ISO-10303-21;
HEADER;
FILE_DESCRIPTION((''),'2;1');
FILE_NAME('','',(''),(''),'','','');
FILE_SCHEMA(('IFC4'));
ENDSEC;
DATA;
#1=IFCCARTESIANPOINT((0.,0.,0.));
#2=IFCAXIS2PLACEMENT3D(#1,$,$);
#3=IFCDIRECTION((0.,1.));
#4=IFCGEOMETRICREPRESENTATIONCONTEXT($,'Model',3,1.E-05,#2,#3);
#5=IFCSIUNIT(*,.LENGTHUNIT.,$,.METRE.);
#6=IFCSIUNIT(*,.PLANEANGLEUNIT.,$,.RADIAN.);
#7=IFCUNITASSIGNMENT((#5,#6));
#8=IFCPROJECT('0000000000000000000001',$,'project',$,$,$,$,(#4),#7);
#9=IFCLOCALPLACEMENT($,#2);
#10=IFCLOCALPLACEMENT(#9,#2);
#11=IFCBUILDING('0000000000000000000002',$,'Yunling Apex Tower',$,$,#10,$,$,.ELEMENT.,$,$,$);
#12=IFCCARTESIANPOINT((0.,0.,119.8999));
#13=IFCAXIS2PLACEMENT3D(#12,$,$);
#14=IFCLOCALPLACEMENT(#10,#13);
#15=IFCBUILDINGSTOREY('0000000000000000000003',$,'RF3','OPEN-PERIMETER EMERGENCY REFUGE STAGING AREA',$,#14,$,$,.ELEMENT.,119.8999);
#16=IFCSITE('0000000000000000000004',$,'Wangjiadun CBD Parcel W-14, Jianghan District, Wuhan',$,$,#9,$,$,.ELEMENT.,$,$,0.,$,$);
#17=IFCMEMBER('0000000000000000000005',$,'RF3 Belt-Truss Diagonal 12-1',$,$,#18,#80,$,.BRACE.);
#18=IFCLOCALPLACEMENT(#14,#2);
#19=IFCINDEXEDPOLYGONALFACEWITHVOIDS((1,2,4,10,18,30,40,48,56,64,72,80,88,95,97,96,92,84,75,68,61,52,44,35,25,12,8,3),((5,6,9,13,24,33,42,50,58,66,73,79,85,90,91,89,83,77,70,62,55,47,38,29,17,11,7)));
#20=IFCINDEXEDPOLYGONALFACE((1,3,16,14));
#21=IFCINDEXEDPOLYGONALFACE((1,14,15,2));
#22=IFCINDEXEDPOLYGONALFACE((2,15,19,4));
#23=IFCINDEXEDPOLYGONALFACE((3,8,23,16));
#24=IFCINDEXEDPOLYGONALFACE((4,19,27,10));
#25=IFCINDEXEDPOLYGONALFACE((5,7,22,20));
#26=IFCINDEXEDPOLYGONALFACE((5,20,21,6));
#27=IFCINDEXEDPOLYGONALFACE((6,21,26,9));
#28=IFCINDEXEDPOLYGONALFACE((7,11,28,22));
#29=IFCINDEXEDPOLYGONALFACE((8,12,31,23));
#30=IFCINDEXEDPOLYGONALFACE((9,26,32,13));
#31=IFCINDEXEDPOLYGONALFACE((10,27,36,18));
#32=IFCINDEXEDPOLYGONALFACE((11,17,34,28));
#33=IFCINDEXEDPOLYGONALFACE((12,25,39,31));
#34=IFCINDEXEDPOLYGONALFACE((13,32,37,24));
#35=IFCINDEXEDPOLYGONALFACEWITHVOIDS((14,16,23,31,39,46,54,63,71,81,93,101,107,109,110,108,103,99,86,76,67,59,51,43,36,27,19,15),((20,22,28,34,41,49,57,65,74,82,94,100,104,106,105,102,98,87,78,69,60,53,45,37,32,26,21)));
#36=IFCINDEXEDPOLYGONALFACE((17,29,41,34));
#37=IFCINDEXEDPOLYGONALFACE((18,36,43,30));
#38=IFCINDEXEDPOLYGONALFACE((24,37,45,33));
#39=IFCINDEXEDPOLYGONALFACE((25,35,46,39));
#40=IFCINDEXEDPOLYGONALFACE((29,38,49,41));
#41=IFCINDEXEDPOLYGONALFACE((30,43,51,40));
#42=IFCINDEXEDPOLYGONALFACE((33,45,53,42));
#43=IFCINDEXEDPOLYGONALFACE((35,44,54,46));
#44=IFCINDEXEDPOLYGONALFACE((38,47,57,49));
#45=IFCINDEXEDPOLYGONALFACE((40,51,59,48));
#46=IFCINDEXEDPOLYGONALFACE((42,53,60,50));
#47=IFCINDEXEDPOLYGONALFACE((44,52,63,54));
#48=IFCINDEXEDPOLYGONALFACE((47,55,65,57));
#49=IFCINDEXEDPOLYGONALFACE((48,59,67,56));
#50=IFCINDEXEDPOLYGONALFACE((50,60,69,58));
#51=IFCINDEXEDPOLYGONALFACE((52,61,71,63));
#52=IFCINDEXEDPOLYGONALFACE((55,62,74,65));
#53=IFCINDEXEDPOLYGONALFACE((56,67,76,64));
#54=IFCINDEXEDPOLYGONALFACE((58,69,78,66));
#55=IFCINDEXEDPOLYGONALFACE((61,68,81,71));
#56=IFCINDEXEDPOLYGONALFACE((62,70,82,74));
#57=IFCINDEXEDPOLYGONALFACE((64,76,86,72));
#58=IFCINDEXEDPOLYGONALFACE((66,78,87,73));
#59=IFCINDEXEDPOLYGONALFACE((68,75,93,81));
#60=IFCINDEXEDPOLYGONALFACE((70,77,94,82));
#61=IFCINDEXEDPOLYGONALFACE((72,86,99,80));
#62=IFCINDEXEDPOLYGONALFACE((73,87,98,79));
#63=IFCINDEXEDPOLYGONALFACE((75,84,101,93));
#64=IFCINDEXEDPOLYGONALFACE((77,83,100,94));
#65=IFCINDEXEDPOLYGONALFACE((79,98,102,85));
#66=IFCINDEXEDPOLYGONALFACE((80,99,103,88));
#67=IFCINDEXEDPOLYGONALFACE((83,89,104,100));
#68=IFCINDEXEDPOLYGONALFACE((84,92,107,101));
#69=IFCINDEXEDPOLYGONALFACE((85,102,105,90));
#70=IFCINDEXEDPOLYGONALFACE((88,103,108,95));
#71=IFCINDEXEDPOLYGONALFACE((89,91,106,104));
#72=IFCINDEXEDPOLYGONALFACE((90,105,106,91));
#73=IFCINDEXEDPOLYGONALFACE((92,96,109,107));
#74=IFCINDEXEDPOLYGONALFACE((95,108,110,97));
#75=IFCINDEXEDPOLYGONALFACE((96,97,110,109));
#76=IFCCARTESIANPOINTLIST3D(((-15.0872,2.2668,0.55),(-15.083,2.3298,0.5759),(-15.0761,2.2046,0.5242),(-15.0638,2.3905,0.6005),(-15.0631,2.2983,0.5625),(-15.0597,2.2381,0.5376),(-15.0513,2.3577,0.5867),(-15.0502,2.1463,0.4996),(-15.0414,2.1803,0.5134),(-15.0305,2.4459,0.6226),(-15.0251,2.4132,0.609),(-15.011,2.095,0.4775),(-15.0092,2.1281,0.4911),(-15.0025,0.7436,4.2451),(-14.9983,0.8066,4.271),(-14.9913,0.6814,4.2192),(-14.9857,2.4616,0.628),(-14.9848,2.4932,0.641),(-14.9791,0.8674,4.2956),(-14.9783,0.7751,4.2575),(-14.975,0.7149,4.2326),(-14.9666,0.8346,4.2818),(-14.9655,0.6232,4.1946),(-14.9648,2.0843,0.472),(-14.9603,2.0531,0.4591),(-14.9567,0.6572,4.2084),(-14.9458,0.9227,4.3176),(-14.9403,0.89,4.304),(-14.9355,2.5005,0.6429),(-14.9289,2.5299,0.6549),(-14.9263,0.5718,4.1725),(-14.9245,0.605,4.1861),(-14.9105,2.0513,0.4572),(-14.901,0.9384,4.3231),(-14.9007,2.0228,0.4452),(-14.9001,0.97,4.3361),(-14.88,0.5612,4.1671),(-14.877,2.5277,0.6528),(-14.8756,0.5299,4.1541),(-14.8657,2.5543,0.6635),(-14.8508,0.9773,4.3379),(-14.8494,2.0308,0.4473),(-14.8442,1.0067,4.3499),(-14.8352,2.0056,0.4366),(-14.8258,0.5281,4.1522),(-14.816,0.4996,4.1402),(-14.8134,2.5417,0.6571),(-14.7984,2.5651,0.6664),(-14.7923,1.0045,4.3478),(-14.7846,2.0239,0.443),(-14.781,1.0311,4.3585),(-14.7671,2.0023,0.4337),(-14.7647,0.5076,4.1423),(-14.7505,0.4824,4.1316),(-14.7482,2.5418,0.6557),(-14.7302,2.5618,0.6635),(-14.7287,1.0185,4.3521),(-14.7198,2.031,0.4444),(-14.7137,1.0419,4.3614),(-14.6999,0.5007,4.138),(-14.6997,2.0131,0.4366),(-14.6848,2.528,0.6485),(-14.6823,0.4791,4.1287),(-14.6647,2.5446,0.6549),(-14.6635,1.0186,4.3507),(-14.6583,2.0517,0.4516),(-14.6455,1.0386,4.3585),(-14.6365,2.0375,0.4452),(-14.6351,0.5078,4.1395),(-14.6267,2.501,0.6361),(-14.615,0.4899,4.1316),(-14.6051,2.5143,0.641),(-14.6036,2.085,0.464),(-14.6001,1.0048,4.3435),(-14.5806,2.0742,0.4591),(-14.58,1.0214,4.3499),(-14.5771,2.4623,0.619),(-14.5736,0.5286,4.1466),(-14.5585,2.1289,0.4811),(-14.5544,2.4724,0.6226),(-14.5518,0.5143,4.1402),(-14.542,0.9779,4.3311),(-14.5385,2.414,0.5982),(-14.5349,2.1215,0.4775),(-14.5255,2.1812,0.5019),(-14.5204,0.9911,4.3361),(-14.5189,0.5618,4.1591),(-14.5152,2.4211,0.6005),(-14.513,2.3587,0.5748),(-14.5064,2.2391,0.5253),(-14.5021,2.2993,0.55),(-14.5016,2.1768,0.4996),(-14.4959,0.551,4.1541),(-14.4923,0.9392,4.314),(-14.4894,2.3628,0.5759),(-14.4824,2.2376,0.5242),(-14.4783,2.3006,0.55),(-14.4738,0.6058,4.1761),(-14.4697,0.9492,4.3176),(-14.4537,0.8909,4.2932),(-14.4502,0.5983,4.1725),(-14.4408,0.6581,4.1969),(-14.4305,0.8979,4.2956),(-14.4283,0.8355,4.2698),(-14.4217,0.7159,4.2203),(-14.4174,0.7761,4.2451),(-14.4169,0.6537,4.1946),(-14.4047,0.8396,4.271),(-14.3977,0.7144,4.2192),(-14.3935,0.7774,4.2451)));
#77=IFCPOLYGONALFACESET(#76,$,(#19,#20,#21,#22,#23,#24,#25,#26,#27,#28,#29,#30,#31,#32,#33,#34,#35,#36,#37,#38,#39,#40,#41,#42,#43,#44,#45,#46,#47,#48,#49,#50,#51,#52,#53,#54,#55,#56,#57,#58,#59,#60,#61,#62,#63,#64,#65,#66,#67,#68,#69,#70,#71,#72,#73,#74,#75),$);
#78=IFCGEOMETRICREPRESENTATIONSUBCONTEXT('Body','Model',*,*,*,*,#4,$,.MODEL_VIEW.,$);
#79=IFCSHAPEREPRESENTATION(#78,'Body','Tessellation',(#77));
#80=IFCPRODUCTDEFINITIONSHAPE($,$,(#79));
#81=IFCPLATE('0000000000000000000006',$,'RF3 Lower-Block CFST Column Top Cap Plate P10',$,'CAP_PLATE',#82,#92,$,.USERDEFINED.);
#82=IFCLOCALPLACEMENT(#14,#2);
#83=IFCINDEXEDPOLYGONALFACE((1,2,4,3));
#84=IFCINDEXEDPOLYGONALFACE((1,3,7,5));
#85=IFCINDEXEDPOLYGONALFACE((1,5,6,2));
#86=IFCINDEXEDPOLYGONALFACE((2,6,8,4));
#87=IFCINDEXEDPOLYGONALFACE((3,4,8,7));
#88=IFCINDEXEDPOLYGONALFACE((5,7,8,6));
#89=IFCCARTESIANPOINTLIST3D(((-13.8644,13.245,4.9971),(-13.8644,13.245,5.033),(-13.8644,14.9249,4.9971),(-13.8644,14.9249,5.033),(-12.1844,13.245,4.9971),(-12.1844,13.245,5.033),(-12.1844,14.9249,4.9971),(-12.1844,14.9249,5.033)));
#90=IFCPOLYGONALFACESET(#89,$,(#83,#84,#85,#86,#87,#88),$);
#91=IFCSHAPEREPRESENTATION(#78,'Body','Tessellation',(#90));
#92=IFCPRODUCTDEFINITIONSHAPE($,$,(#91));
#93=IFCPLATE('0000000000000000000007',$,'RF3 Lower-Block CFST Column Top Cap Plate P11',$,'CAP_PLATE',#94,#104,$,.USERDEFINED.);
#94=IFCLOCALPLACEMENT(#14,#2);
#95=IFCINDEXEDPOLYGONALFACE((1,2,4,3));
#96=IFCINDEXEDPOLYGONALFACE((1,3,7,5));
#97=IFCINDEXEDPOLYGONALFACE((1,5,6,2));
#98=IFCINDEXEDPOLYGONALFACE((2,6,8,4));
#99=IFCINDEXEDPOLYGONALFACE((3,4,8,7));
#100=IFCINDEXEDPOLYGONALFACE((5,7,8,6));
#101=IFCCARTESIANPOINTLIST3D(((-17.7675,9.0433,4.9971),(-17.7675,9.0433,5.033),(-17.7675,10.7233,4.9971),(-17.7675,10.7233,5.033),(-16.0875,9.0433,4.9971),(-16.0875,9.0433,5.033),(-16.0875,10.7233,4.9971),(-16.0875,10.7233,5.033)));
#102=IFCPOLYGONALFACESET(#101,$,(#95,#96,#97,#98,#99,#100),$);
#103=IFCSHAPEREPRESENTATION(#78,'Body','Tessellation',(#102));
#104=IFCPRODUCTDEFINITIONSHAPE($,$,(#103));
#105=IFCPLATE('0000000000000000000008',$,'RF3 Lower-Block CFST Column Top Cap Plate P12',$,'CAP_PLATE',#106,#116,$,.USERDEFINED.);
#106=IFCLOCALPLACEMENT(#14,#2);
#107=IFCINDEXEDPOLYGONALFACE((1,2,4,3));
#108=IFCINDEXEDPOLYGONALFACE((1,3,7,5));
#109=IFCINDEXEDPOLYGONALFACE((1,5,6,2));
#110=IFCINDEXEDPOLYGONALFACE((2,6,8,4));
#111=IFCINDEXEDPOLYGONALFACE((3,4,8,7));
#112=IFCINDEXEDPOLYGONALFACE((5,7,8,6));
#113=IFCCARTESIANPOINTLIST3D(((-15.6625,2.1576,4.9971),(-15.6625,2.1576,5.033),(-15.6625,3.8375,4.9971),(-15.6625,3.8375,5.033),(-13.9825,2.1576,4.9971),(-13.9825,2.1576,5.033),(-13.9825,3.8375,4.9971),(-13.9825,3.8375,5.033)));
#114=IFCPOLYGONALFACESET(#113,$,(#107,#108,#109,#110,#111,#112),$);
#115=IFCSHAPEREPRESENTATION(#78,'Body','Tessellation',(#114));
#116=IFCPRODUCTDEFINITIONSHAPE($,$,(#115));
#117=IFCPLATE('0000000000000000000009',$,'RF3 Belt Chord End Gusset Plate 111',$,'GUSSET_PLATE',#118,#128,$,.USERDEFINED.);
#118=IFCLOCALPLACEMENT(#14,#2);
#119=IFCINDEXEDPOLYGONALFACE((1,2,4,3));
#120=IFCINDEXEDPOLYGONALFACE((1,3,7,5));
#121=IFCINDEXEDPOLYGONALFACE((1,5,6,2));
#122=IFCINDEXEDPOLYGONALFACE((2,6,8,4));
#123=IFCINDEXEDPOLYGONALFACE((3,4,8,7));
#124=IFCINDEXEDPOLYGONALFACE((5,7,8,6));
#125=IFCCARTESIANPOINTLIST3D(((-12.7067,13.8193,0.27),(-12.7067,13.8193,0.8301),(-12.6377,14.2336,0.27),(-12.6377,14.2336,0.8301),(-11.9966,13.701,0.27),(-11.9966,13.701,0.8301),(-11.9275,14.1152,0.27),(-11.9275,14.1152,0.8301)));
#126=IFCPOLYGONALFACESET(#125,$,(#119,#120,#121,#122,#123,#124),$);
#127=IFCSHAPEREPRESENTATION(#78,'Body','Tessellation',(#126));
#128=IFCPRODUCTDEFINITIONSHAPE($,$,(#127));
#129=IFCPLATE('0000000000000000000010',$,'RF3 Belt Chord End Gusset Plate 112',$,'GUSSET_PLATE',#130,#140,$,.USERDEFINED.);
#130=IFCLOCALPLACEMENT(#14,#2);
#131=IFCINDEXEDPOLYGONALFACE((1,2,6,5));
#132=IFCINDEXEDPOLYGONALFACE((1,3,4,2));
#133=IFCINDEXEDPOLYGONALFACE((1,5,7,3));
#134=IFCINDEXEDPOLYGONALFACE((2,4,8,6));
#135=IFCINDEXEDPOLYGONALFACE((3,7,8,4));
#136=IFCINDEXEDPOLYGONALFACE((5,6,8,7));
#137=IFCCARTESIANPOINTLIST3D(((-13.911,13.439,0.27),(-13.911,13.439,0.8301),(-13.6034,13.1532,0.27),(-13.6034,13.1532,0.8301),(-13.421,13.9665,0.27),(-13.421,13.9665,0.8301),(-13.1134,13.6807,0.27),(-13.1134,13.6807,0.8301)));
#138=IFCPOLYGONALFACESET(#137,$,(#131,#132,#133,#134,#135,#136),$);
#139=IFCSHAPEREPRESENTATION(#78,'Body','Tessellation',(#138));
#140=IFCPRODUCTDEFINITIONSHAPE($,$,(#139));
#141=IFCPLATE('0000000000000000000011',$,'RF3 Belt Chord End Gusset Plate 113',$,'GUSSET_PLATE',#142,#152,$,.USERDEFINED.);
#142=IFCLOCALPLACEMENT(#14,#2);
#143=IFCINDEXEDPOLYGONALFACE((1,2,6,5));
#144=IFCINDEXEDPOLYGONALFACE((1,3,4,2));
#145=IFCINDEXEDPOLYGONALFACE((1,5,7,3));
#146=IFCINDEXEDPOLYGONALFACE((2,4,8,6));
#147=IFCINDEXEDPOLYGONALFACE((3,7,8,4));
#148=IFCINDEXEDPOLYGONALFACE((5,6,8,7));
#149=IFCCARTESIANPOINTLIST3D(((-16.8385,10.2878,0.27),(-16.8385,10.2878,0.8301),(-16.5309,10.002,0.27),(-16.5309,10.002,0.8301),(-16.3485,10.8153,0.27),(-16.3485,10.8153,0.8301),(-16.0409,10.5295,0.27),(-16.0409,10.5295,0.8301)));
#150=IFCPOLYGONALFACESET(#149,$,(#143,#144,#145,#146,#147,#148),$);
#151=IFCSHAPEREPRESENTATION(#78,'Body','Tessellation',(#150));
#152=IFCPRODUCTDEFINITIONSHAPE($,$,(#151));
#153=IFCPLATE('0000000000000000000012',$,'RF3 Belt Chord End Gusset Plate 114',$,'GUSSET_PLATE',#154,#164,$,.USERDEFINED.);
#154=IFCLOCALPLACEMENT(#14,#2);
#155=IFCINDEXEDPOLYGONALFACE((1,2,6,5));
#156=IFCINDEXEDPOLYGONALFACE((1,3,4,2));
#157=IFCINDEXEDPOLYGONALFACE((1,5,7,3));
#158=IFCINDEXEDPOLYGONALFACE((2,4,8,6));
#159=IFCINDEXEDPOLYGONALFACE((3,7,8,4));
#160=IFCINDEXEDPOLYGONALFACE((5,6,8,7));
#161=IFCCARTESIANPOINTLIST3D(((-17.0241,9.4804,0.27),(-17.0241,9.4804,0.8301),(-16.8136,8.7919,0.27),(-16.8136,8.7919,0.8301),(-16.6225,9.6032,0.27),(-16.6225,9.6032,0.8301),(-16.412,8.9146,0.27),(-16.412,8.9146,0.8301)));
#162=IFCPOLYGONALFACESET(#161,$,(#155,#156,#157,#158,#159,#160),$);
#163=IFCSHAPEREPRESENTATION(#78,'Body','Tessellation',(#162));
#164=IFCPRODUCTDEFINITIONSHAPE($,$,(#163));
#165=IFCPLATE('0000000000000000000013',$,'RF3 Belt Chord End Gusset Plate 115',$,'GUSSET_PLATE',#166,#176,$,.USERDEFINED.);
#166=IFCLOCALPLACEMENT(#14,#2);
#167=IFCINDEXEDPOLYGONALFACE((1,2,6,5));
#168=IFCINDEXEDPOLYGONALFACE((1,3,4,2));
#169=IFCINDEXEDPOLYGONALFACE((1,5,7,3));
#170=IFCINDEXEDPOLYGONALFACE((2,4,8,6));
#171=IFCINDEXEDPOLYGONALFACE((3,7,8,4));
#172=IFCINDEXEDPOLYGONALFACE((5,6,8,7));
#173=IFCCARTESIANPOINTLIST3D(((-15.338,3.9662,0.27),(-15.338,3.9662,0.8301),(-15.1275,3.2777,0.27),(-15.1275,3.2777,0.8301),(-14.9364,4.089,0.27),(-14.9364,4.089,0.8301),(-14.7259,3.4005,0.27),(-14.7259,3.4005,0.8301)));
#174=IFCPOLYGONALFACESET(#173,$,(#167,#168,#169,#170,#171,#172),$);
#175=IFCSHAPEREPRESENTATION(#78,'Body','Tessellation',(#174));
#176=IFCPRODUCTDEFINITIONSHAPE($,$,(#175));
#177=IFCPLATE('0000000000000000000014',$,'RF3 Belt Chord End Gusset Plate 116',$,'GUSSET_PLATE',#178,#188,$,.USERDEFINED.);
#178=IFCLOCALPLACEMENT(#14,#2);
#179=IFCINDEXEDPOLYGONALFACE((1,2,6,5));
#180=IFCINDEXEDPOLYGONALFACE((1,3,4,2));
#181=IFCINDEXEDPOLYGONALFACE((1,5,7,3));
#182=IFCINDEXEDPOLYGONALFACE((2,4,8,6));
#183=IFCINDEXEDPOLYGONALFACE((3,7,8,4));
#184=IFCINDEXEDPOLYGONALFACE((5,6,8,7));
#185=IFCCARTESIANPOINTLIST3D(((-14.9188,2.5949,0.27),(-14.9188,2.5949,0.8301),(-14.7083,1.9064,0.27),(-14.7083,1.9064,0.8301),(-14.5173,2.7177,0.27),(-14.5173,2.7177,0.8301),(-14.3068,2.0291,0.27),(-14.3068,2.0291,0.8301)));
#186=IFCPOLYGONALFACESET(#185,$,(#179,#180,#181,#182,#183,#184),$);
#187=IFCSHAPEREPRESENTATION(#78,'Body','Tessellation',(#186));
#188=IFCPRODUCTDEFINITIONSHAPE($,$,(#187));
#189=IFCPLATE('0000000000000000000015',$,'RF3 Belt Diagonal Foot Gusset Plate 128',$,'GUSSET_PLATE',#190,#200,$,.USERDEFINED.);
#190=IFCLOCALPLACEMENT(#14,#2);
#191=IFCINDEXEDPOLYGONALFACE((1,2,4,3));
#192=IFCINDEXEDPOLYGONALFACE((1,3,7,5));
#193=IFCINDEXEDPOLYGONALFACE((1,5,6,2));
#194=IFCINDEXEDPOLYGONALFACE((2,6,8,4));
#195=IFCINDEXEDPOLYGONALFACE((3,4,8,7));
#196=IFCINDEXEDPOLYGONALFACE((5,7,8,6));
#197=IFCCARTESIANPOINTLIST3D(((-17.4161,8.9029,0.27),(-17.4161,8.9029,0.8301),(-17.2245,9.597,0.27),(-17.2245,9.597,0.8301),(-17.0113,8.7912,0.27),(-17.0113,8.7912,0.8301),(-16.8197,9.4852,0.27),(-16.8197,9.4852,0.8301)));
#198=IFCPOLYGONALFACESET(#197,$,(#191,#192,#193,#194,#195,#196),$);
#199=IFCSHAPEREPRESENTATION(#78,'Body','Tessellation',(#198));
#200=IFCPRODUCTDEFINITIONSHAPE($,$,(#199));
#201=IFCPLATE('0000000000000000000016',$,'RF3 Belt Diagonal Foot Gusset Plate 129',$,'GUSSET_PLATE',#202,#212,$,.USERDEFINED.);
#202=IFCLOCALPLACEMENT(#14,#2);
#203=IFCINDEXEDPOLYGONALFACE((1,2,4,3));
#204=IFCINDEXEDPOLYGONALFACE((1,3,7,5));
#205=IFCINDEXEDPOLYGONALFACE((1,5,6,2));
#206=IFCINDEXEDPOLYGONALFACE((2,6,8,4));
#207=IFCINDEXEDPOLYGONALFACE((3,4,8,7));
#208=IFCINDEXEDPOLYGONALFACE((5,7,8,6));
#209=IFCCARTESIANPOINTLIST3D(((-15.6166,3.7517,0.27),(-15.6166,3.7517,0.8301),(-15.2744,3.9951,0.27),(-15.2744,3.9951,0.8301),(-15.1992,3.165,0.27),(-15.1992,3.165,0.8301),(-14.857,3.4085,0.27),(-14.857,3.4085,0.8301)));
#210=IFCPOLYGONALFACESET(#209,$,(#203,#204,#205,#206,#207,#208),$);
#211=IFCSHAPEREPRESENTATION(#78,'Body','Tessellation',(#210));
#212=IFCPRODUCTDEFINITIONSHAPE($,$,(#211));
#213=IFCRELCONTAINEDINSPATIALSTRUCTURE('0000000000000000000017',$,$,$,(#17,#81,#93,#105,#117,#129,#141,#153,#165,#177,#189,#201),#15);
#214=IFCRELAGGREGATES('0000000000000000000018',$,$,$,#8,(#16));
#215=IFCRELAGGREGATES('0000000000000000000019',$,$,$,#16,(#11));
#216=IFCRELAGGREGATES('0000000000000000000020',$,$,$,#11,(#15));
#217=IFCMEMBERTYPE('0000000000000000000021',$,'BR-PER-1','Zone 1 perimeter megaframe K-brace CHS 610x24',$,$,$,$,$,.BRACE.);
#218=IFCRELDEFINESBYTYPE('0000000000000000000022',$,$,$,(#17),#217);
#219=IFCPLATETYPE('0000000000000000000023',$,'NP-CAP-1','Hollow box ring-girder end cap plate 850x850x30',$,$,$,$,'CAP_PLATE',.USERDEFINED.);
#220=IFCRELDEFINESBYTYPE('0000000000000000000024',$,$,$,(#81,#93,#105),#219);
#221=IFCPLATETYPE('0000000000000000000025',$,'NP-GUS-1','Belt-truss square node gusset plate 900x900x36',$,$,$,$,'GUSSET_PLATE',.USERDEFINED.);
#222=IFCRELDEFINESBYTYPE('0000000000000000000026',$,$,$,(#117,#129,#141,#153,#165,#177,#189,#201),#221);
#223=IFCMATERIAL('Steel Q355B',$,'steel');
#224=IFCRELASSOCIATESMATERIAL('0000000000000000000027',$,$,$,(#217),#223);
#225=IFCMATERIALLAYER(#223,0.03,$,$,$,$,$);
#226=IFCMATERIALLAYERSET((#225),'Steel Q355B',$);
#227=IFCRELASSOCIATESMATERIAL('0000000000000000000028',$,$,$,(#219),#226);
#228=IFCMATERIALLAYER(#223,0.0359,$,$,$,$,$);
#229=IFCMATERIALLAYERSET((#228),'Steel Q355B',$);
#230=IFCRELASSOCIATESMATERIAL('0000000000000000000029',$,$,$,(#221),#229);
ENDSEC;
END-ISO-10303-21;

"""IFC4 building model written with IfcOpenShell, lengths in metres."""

from ifc_helpers import new_model, si_unit, direction, frame, origin, origin_2d, place, context, subcontext, project, spatial, rectangle, hollow_circle, extrude, source, transform, mapped, material, layer, layer_set, material_profile, profile_set, type_object, element, save


model = new_model("IFC4")

# Units and contexts
model_context = context("Model", 3, precision=1e-05, world=origin(), true_north=direction((0.0, 1.0)))
body_context = subcontext(model_context, "Body", "Model", "MODEL_VIEW")
ifc_project = project(units=[si_unit("LENGTHUNIT", "METRE"), si_unit("PLANEANGLEUNIT", "RADIAN")], contexts=[model_context])

# Site, building, storey
site_placement = place(None, origin())
site = spatial("IfcSite", under=ifc_project, at=site_placement, Name="Wangjiadun CBD Parcel W-14, Jianghan District, Wuhan", CompositionType="ELEMENT", RefElevation=0.0)
building_placement = place(site_placement, origin())
building = spatial("IfcBuilding", under=site, at=building_placement, Name="Yunling Apex Tower", CompositionType="ELEMENT")
storey_placement = place(building_placement, frame((0.0, 0.0, 119.8999)))
storey = spatial("IfcBuildingStorey", under=building, at=storey_placement, Name="RF3", Description="OPEN-PERIMETER EMERGENCY REFUGE STAGING AREA", CompositionType="ELEMENT", Elevation=119.8999)

# Member
ifc_material_1 = material(Name="Steel Q355B", Category="steel")
ifc_material_profile_1 = material_profile(ifc_material_1, hollow_circle(Radius=0.3049, WallThickness=0.0239, at=origin_2d()))
ifc_profile_set_1 = profile_set([ifc_material_profile_1], Name="Steel Q355B")
member_type_1 = type_object("IfcMemberType", Name="BR-PER-1", Description="Zone 1 perimeter megaframe K-brace CHS 610x24", PredefinedType="BRACE", material=ifc_profile_set_1)
shared_shape_1 = source(origin(), body_context, "Body", "SweptSolid", [
    extrude(hollow_circle(Radius=0.3049, WallThickness=0.0239, at=origin_2d()), origin(), (0.0, 0.0, 1.0), 3.9976),
])
member_1_placement = place(storey_placement, frame((-14.7827, 2.2837, 0.55), z_axis=(0.021192, -0.381027, 0.924321), x_axis=(0.998457, 0.055532, 0.0)))
element("IfcMember", 1, at=member_1_placement, inside=storey, type_object=member_type_1, Name="RF3 Belt-Truss Diagonal 12-1", PredefinedType="BRACE", context=body_context, shape_type="MappedRepresentation", body=[
    mapped(shared_shape_1, transform((0.0, 0.0, 0.0), scale=1.0)),
])

# Plates
ifc_layer_1 = layer(ifc_material_1, 0.03)
ifc_layer_set_1 = layer_set([ifc_layer_1], Name="Steel Q355B")
plate_type_1 = type_object("IfcPlateType", Name="NP-CAP-1", Description="Hollow box ring-girder end cap plate 850x850x30", ElementType="CAP_PLATE", PredefinedType="USERDEFINED", material=ifc_layer_set_1)
shared_shape_2 = source(origin(), body_context, "Body", "SweptSolid", [
    extrude(rectangle(XDim=1.6799, YDim=1.6799, at=origin_2d()), origin(), (0.0, 0.0, 1.0), 0.0359),
])
for number, where, z_axis, x_axis, name in (
    (2, (-13.0244, 14.085, 4.9971), (0.0, 0.0, 1.0), (1.0, 0.0, 0.0), "RF3 Lower-Block CFST Column Top Cap Plate P10"),
    (3, (-16.9275, 9.8833, 4.9971), (0.0, 0.0, 1.0), (1.0, 0.0, 0.0), "RF3 Lower-Block CFST Column Top Cap Plate P11"),
    (4, (-14.8225, 2.9976, 4.9971), (0.0, 0.0, 1.0), (1.0, 0.0, 0.0), "RF3 Lower-Block CFST Column Top Cap Plate P12"),
):
    element("IfcPlate", number, at=place(storey_placement, frame(where, z_axis=z_axis, x_axis=x_axis)), inside=storey, type_object=plate_type_1, Name=name, ObjectType="CAP_PLATE", PredefinedType="USERDEFINED", context=body_context, shape_type="MappedRepresentation", body=[
        mapped(shared_shape_2, transform((0.0, 0.0, 0.0), scale=1.0)),
    ])
ifc_layer_2 = layer(ifc_material_1, 0.0359)
ifc_layer_set_2 = layer_set([ifc_layer_2], Name="Steel Q355B")
plate_type_2 = type_object("IfcPlateType", Name="NP-GUS-1", Description="Belt-truss square node gusset plate 900x900x36", ElementType="GUSSET_PLATE", PredefinedType="USERDEFINED", material=ifc_layer_set_2)
shared_shape_3 = source(origin(), body_context, "Body", "SweptSolid", [
    extrude(rectangle(XDim=0.72, YDim=0.4199, at=origin_2d()), origin(), (0.0, 0.0, 1.0), 0.5601),
])
for number, where, z_axis, x_axis, name in (
    (5, (-12.3171, 13.9673, 0.27), (0.0, 0.0, 1.0), (-0.986401, 0.164359, 0.0), "RF3 Belt Chord End Gusset Plate 111"),
    (6, (-13.5122, 13.5598, 0.27), (0.0, 0.0, 1.0), (-0.680593, -0.732662, 0.0), "RF3 Belt Chord End Gusset Plate 112"),
    (7, (-16.4397, 10.4087, 0.27), (0.0, 0.0, 1.0), (-0.680593, -0.732662, 0.0), "RF3 Belt Chord End Gusset Plate 113"),
    (8, (-16.718, 9.1975, 0.27), (0.0, 0.0, 1.0), (0.292372, -0.956305, 0.0), "RF3 Belt Chord End Gusset Plate 114"),
    (9, (-15.032, 3.6833, 0.27), (0.0, 0.0, 1.0), (0.292372, -0.956305, 0.0), "RF3 Belt Chord End Gusset Plate 115"),
    (10, (-14.6128, 2.312, 0.27), (0.0, 0.0, 1.0), (0.292372, -0.956305, 0.0), "RF3 Belt Chord End Gusset Plate 116"),
    (11, (-17.1179, 9.1941, 0.27), (0.0, 0.0, 1.0), (-0.266061, -0.963956, 0.0), "RF3 Belt Diagonal Foot Gusset Plate 128"),
    (12, (-15.2368, 3.5801, 0.27), (0.0, 0.0, 1.0), (-0.579708, 0.814824, 0.0), "RF3 Belt Diagonal Foot Gusset Plate 129"),
):
    element("IfcPlate", number, at=place(storey_placement, frame(where, z_axis=z_axis, x_axis=x_axis)), inside=storey, type_object=plate_type_2, Name=name, ObjectType="GUSSET_PLATE", PredefinedType="USERDEFINED", context=body_context, shape_type="MappedRepresentation", body=[
        mapped(shared_shape_3, transform((0.0, 0.0, 0.0), scale=1.0)),
    ])

save(model, "model.ifc")
